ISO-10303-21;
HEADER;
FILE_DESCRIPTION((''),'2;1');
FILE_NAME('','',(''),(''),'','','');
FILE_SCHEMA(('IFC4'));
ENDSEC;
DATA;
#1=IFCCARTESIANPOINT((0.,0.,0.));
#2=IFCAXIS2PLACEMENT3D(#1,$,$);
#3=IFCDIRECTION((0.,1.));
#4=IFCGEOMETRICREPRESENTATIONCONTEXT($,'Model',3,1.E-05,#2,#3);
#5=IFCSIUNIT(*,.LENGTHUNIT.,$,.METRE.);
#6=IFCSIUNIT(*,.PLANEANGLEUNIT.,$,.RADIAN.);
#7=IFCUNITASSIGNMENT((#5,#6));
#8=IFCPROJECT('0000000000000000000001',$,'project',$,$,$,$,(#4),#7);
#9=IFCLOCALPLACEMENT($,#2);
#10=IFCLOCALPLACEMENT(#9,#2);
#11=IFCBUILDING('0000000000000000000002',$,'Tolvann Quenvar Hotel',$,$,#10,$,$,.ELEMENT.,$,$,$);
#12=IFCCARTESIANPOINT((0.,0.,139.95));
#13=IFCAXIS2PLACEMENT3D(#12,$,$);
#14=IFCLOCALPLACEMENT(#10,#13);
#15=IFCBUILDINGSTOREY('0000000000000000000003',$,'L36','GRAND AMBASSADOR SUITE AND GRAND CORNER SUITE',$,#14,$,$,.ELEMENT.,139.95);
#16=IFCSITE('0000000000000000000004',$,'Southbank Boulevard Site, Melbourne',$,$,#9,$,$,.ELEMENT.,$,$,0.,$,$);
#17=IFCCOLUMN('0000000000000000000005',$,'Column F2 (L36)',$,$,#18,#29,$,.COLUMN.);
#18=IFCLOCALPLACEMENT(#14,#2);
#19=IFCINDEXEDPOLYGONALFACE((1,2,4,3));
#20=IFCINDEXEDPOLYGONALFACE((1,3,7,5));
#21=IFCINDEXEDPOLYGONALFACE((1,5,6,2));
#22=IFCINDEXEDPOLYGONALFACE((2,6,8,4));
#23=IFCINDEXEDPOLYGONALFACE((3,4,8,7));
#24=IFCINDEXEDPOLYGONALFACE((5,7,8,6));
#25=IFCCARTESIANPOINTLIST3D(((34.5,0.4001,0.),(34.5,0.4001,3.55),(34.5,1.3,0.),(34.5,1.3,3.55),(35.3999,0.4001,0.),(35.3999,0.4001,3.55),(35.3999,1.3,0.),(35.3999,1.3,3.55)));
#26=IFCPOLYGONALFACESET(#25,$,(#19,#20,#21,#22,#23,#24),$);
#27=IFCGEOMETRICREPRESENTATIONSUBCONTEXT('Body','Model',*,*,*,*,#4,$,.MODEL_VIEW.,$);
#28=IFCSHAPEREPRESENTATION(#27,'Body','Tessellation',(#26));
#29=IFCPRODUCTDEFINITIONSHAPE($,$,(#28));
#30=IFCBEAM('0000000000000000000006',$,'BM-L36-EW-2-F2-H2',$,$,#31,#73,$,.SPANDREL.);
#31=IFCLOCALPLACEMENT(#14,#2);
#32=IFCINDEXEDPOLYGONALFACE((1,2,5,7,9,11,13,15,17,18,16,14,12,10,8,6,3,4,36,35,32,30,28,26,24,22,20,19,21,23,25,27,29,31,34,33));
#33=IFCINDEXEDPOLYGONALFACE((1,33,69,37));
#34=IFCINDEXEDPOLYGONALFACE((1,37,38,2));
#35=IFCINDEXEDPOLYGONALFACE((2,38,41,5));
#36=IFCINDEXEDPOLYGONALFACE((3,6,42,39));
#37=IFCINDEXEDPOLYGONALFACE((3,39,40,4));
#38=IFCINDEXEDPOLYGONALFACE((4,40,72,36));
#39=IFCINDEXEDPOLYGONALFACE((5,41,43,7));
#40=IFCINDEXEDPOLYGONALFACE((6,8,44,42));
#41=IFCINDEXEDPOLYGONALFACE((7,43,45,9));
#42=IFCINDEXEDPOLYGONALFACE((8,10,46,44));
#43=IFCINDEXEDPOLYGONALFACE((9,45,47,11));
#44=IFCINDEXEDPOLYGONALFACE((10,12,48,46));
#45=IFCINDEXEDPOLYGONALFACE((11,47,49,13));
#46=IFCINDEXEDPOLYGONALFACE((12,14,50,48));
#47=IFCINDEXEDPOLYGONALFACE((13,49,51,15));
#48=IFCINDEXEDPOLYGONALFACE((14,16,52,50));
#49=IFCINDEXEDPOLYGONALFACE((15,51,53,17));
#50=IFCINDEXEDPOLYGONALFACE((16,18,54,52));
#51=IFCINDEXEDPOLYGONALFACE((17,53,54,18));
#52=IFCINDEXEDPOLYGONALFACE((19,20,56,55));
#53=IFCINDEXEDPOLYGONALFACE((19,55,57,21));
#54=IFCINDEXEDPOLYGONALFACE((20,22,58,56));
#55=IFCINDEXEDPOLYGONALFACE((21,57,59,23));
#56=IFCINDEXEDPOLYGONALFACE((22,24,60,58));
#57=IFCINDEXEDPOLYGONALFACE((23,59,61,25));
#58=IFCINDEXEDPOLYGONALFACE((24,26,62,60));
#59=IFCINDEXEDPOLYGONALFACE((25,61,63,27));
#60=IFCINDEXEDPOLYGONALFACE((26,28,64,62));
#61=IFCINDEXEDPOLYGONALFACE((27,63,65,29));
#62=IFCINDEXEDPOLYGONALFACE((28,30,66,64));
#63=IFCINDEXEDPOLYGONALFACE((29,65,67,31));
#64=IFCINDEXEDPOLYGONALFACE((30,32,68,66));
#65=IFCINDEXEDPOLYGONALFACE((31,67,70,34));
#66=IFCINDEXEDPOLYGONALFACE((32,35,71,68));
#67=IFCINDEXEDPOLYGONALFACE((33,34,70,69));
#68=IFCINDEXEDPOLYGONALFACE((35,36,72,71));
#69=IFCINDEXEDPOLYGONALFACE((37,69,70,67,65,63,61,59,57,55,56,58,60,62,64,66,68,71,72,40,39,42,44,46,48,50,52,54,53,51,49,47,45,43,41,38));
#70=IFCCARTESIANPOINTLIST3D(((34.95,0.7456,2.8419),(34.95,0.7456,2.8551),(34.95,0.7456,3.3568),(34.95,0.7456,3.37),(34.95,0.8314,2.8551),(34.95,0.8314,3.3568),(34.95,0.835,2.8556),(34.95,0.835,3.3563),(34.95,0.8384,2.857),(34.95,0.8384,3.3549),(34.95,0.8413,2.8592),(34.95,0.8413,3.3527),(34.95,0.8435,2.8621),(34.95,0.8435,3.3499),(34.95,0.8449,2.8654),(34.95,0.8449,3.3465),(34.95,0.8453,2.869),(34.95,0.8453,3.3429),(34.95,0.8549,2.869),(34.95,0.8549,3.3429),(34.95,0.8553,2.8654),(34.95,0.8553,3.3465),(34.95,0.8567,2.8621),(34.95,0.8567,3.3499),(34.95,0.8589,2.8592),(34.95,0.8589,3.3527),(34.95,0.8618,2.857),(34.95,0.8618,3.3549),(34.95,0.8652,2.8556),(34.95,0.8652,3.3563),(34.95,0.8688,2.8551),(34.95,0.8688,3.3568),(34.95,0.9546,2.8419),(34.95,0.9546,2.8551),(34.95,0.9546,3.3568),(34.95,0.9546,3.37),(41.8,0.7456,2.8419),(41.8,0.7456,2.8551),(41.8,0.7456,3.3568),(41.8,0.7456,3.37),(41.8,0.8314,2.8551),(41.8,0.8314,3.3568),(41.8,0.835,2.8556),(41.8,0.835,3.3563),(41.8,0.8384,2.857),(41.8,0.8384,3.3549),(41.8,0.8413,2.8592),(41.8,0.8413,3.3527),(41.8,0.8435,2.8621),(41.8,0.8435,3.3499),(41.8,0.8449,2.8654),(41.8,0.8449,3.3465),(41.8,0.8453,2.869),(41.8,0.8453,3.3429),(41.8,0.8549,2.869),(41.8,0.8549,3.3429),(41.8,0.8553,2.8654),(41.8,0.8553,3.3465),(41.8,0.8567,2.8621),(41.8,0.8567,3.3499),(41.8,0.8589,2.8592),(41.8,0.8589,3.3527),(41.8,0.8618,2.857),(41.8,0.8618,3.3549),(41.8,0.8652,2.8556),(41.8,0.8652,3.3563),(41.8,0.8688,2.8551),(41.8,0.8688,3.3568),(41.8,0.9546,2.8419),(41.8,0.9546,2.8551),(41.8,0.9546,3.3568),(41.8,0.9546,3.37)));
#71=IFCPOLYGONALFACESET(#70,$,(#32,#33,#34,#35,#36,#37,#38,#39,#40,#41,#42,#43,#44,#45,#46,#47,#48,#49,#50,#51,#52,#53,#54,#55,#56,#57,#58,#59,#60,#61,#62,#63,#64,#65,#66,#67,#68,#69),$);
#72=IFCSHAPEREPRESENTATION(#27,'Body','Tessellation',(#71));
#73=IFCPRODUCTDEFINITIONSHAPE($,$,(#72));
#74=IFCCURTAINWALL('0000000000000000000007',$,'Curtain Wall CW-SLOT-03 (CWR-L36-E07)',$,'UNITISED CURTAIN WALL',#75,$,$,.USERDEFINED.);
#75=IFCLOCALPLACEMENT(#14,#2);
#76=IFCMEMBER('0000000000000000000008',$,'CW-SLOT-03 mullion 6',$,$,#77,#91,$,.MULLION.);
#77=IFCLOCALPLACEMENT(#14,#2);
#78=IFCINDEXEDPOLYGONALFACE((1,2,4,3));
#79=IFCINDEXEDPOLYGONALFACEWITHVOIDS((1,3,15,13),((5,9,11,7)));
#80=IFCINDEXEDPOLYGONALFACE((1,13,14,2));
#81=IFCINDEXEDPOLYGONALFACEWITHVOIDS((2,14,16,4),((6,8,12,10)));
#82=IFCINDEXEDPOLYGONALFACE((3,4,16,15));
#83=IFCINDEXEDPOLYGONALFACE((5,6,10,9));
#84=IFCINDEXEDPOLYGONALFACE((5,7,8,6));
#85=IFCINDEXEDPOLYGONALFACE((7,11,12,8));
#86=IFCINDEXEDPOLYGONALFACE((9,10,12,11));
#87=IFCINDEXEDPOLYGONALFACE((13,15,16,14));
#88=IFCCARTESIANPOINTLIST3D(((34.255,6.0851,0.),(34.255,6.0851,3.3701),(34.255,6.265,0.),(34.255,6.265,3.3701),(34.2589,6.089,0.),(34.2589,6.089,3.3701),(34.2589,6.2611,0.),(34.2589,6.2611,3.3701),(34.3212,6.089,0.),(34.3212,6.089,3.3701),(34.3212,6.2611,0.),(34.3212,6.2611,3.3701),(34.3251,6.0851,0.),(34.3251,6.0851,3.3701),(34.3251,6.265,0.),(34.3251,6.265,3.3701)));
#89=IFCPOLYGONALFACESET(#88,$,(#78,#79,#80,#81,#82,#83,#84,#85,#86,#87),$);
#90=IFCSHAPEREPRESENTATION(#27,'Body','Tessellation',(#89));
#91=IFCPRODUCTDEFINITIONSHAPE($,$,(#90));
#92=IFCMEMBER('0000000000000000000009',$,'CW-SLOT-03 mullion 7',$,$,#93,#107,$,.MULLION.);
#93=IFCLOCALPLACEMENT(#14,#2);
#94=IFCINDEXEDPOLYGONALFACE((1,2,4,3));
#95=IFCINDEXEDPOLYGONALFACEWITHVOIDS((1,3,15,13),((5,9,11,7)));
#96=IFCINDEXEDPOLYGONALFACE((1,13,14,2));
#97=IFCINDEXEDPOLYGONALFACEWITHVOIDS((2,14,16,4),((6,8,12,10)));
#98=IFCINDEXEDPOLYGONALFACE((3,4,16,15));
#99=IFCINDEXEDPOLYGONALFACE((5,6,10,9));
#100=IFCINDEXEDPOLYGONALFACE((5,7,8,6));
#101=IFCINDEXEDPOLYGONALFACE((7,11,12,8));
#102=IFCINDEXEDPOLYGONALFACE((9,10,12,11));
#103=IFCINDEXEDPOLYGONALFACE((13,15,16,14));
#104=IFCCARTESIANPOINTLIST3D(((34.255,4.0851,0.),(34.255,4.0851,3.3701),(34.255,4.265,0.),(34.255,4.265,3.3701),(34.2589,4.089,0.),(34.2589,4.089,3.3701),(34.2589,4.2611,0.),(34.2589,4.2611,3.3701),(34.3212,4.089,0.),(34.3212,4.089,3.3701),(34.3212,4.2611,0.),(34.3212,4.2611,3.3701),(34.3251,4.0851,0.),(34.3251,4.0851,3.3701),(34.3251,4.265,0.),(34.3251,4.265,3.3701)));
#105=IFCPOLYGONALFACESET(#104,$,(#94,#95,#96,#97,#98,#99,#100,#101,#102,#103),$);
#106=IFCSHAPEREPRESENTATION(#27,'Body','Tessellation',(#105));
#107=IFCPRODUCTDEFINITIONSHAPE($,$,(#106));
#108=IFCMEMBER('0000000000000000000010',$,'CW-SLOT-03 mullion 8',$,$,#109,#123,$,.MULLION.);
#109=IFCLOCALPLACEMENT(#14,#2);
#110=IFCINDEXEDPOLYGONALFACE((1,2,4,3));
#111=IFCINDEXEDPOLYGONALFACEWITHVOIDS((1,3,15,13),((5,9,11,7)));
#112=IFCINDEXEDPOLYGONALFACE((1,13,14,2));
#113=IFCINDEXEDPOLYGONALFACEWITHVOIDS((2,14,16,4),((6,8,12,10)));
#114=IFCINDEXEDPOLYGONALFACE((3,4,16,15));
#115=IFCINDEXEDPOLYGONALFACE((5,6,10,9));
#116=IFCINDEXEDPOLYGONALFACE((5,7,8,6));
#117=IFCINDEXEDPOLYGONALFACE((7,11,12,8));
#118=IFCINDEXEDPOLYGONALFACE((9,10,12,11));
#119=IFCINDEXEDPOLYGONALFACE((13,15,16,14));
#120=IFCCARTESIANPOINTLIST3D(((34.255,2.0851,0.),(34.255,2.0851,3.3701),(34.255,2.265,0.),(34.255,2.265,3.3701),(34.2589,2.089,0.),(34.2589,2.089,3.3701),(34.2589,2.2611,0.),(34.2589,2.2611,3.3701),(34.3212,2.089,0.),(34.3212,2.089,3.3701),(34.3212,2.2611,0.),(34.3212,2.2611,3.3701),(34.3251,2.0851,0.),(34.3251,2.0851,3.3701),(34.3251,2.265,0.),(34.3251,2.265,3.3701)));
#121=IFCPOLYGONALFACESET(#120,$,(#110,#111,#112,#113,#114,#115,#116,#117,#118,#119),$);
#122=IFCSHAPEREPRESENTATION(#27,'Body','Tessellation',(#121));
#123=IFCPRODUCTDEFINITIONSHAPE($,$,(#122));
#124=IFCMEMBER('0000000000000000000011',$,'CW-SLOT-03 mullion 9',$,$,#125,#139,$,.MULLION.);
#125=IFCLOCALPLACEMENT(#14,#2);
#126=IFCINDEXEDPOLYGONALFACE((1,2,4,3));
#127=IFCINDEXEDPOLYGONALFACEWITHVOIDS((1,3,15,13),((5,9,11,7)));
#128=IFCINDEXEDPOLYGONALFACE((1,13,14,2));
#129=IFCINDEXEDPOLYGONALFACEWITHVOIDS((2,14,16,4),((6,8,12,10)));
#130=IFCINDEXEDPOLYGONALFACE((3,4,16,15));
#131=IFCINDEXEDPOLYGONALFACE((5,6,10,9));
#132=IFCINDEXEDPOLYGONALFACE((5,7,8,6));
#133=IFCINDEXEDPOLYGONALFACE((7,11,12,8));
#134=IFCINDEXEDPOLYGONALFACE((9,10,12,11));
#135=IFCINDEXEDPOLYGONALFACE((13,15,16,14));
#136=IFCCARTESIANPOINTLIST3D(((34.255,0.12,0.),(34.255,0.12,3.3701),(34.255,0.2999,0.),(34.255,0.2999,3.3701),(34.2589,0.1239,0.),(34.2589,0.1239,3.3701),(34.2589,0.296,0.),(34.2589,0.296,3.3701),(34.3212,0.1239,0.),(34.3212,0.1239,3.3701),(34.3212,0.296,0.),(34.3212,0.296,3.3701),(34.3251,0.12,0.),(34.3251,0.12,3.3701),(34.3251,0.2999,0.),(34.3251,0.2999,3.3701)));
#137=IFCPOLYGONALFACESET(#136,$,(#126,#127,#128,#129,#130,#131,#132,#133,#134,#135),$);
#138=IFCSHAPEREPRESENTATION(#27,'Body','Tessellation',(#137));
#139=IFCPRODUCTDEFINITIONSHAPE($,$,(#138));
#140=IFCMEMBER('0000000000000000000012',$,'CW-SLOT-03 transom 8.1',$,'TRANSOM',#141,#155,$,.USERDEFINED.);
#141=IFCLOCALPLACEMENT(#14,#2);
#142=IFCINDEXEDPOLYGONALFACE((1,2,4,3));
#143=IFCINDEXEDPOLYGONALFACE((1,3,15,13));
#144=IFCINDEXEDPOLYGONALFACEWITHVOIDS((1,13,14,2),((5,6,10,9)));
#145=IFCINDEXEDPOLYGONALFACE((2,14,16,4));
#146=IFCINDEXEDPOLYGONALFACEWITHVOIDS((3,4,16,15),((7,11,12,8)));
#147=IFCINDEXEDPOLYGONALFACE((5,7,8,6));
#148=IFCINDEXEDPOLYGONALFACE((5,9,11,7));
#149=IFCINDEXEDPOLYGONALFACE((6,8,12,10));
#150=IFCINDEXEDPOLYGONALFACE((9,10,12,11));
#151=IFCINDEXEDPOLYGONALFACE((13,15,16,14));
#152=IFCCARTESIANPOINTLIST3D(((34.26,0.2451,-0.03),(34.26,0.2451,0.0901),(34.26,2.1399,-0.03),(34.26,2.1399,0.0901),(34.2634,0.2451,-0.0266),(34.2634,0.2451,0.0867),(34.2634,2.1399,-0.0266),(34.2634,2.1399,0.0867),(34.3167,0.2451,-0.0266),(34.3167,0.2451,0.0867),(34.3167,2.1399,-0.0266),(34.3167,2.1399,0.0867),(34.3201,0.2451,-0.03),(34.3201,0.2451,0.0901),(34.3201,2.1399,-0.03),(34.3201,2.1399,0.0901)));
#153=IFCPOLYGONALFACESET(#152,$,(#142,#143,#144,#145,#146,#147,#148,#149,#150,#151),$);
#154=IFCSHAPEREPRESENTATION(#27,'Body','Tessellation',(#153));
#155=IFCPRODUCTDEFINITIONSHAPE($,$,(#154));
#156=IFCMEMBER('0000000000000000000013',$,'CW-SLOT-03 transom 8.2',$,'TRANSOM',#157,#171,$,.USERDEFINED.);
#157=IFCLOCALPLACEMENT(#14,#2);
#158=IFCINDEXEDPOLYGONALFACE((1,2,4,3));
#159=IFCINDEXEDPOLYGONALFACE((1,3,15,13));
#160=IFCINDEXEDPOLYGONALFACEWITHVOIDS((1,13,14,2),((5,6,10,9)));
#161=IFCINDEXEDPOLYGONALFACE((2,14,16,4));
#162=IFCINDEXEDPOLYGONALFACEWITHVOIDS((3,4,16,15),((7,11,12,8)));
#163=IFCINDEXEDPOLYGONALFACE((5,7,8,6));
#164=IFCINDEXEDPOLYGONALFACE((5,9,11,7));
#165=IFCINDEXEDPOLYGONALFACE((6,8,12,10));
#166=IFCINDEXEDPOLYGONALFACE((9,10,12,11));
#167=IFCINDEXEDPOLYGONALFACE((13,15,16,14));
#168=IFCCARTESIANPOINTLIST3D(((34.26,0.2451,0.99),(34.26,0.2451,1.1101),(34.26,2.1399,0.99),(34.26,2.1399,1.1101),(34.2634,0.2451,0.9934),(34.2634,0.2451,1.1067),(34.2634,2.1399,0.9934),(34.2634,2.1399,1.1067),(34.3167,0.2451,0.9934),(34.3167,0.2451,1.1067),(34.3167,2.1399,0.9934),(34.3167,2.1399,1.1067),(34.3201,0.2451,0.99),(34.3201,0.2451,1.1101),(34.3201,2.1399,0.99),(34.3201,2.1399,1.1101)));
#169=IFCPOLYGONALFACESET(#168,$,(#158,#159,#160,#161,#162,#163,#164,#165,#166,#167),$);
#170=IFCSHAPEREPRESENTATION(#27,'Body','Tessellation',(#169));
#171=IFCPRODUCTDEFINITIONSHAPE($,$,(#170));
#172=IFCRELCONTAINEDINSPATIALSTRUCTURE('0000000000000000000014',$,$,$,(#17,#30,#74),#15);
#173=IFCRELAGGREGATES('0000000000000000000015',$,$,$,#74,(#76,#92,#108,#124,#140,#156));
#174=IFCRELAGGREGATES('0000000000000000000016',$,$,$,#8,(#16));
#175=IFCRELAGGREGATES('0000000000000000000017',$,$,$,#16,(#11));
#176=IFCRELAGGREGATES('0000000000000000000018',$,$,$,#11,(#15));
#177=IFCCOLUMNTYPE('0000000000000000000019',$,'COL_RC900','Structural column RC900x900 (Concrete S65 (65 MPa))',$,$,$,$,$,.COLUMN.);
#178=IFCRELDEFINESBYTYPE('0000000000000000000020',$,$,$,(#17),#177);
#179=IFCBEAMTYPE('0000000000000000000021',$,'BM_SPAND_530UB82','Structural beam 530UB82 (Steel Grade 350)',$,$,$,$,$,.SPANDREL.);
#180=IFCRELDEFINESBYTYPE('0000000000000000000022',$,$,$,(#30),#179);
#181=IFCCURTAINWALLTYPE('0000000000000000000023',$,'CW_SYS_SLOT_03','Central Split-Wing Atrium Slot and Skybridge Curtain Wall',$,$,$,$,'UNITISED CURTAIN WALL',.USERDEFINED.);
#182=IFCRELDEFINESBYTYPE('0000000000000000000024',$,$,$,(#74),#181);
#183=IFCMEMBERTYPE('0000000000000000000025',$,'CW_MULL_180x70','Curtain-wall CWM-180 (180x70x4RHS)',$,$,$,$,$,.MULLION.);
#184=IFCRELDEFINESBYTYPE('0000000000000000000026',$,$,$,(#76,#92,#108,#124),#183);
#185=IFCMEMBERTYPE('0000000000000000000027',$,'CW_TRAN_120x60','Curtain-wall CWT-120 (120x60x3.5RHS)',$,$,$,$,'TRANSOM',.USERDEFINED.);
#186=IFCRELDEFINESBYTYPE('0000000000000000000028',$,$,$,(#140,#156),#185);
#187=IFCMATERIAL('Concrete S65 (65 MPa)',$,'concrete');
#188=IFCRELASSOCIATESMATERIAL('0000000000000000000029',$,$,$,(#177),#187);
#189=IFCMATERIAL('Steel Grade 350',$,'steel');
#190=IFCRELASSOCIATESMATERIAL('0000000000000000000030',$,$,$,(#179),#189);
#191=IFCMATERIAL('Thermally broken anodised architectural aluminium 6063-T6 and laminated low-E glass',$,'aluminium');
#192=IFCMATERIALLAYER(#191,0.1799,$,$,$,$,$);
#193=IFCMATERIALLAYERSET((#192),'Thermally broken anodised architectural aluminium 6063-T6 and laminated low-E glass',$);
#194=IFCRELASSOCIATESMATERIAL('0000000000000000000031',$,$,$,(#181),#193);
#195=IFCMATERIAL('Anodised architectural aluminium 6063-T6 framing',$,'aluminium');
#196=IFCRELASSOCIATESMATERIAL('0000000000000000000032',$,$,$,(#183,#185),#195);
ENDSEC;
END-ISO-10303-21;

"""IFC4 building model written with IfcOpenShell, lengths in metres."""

from ifc_helpers import new_model, si_unit, direction, frame, origin, origin_2d, place, context, subcontext, project, spatial, rectangle, hollow_rectangle, i_section, extrude, source, transform, mapped, material, layer, layer_set, material_profile, profile_set, type_object, type_shapes, element, aggregate, save


model = new_model("IFC4")

# Units and contexts
model_context = context("Model", 3, precision=1e-05, world=origin(), true_north=direction((0.0, 1.0)))
body_context = subcontext(model_context, "Body", "Model", "MODEL_VIEW")
ifc_project = project(units=[si_unit("LENGTHUNIT", "METRE"), si_unit("PLANEANGLEUNIT", "RADIAN")], contexts=[model_context])

# Site, building, storey
site_placement = place(None, origin())
site = spatial("IfcSite", under=ifc_project, at=site_placement, Name="Southbank Boulevard Site, Melbourne", CompositionType="ELEMENT", RefElevation=0.0)
building_placement = place(site_placement, origin())
building = spatial("IfcBuilding", under=site, at=building_placement, Name="Tolvann Quenvar Hotel", CompositionType="ELEMENT")
storey_placement = place(building_placement, frame((0.0, 0.0, 139.95)))
storey = spatial("IfcBuildingStorey", under=building, at=storey_placement, Name="L36", Description="GRAND AMBASSADOR SUITE AND GRAND CORNER SUITE", CompositionType="ELEMENT", Elevation=139.95)

# Column
ifc_material_1 = material(Name="Concrete S65 (65 MPa)", Category="concrete")
ifc_material_profile_1 = material_profile(ifc_material_1, rectangle(XDim=0.8999, YDim=0.8999, at=origin_2d()), Name="RC900x900")
ifc_profile_set_1 = profile_set([ifc_material_profile_1], Name="Concrete S65 (65 MPa)")
column_type = type_object("IfcColumnType", Name="COL_RC900", Description="Structural column RC900x900 (Concrete S65 (65 MPa))", PredefinedType="COLUMN", material=ifc_profile_set_1)
shared_shape_1 = source(origin(), body_context, "Body", "SweptSolid", [
    extrude(rectangle(XDim=0.8999, YDim=0.8999, at=origin_2d()), origin(), (0.0, 0.0, 1.0), 3.55),
])
type_shapes(column_type, [shared_shape_1])
column_placement = place(storey_placement, frame((34.95, 0.8501, 0.0), z_axis=(0.0, 0.0, 1.0), x_axis=(1.0, 0.0, 0.0)))
element("IfcColumn", 1, at=column_placement, inside=storey, type_object=column_type, Name="Column F2 (L36)", PredefinedType="COLUMN", context=body_context, shape_type="MappedRepresentation", body=[
    mapped(shared_shape_1, transform((0.0, 0.0, 0.0), x_axis=(1.0, 0.0, 0.0), y_axis=(0.0, 1.0, 0.0), z_axis=(0.0, 0.0, 1.0), scale=1.0)),
])

# Beam
ifc_material_2 = material(Name="Steel Grade 350", Category="steel")
ifc_material_profile_2 = material_profile(ifc_material_2, i_section(OverallWidth=0.209, OverallDepth=0.5281, WebThickness=0.0095, FlangeThickness=0.0132, FilletRadius=0.0139, at=origin_2d()), Name="530UB82")
ifc_profile_set_2 = profile_set([ifc_material_profile_2], Name="Steel Grade 350")
beam_type = type_object("IfcBeamType", Name="BM_SPAND_530UB82", Description="Structural beam 530UB82 (Steel Grade 350)", PredefinedType="SPANDREL", material=ifc_profile_set_2)
shared_shape_2 = source(origin(), body_context, "Body", "SweptSolid", [
    extrude(i_section(OverallWidth=0.209, OverallDepth=0.5281, WebThickness=0.0095, FlangeThickness=0.0132, FilletRadius=0.0139, at=origin_2d()), origin(), (0.0, 0.0, 1.0), 6.8501),
])
type_shapes(beam_type, [shared_shape_2])
beam_placement = place(storey_placement, frame((34.95, 0.8501, 3.106), z_axis=(1.0, 0.0, 0.0), x_axis=(0.0, 1.0, 0.0)))
element("IfcBeam", 2, at=beam_placement, inside=storey, type_object=beam_type, Name="BM-L36-EW-2-F2-H2", PredefinedType="SPANDREL", context=body_context, shape_type="MappedRepresentation", body=[
    mapped(shared_shape_2, transform((0.0, 0.0, 0.0), x_axis=(1.0, 0.0, 0.0), y_axis=(0.0, 1.0, 0.0), z_axis=(0.0, 0.0, 1.0), scale=1.0)),
])

# Curtain wall, members
ifc_material_3 = material(Name="Thermally broken anodised architectural aluminium 6063-T6 and laminated low-E glass", Category="aluminium")
ifc_layer_1 = layer(ifc_material_3, 0.1799)
ifc_layer_set_1 = layer_set([ifc_layer_1], Name="Thermally broken anodised architectural aluminium 6063-T6 and laminated low-E glass")
curtain_wall_type = type_object("IfcCurtainWallType", Name="CW_SYS_SLOT_03", Description="Central Split-Wing Atrium Slot and Skybridge Curtain Wall", ElementType="UNITISED CURTAIN WALL", PredefinedType="USERDEFINED", material=ifc_layer_set_1)
curtain_wall_placement = place(storey_placement, origin())
curtain_wall = element("IfcCurtainWall", 3, at=curtain_wall_placement, inside=storey, type_object=curtain_wall_type, Name="Curtain Wall CW-SLOT-03 (CWR-L36-E07)", ObjectType="UNITISED CURTAIN WALL", PredefinedType="USERDEFINED")
ifc_material_4 = material(Name="Anodised architectural aluminium 6063-T6 framing", Category="aluminium")
ifc_material_profile_3 = material_profile(ifc_material_4, hollow_rectangle(XDim=0.0701, YDim=0.1799, WallThickness=0.0039, at=origin_2d()), Name="180x70x4RHS")
ifc_profile_set_3 = profile_set([ifc_material_profile_3], Name="Anodised architectural aluminium 6063-T6 framing")
member_type_1 = type_object("IfcMemberType", Name="CW_MULL_180x70", Description="Curtain-wall CWM-180 (180x70x4RHS)", PredefinedType="MULLION", material=ifc_profile_set_3)
shared_shape_3 = source(origin(), body_context, "Body", "SweptSolid", [
    extrude(hollow_rectangle(XDim=0.0701, YDim=0.1799, WallThickness=0.0039, at=origin_2d()), origin(), (0.0, 0.0, 1.0), 3.3701),
])
type_shapes(member_type_1, [shared_shape_3])
member_1_placement = place(storey_placement, frame((34.29, 6.175, 0.0), z_axis=(0.0, 0.0, 1.0), x_axis=(1.0, 0.0, 0.0)))
member_1 = element("IfcMember", 4, at=member_1_placement, type_object=member_type_1, Name="CW-SLOT-03 mullion 6", PredefinedType="MULLION", context=body_context, shape_type="MappedRepresentation", body=[
    mapped(shared_shape_3, transform((0.0, 0.0, 0.0), x_axis=(1.0, 0.0, 0.0), y_axis=(0.0, 1.0, 0.0), z_axis=(0.0, 0.0, 1.0), scale=1.0)),
])
member_2_placement = place(storey_placement, frame((34.29, 4.175, 0.0), z_axis=(0.0, 0.0, 1.0), x_axis=(1.0, 0.0, 0.0)))
member_2 = element("IfcMember", 5, at=member_2_placement, type_object=member_type_1, Name="CW-SLOT-03 mullion 7", PredefinedType="MULLION", context=body_context, shape_type="MappedRepresentation", body=[
    mapped(shared_shape_3, transform((0.0, 0.0, 0.0), x_axis=(1.0, 0.0, 0.0), y_axis=(0.0, 1.0, 0.0), z_axis=(0.0, 0.0, 1.0), scale=1.0)),
])
member_3_placement = place(storey_placement, frame((34.29, 2.175, 0.0), z_axis=(0.0, 0.0, 1.0), x_axis=(1.0, 0.0, 0.0)))
member_3 = element("IfcMember", 6, at=member_3_placement, type_object=member_type_1, Name="CW-SLOT-03 mullion 8", PredefinedType="MULLION", context=body_context, shape_type="MappedRepresentation", body=[
    mapped(shared_shape_3, transform((0.0, 0.0, 0.0), x_axis=(1.0, 0.0, 0.0), y_axis=(0.0, 1.0, 0.0), z_axis=(0.0, 0.0, 1.0), scale=1.0)),
])
member_4_placement = place(storey_placement, frame((34.29, 0.21, 0.0), z_axis=(0.0, 0.0, 1.0), x_axis=(1.0, 0.0, 0.0)))
member_4 = element("IfcMember", 7, at=member_4_placement, type_object=member_type_1, Name="CW-SLOT-03 mullion 9", PredefinedType="MULLION", context=body_context, shape_type="MappedRepresentation", body=[
    mapped(shared_shape_3, transform((0.0, 0.0, 0.0), x_axis=(1.0, 0.0, 0.0), y_axis=(0.0, 1.0, 0.0), z_axis=(0.0, 0.0, 1.0), scale=1.0)),
])
ifc_material_profile_4 = material_profile(ifc_material_4, hollow_rectangle(XDim=0.0601, YDim=0.1201, WallThickness=0.0034, at=origin_2d()), Name="120x60x3.5RHS")
ifc_profile_set_4 = profile_set([ifc_material_profile_4], Name="Anodised architectural aluminium 6063-T6 framing")
member_type_2 = type_object("IfcMemberType", Name="CW_TRAN_120x60", Description="Curtain-wall CWT-120 (120x60x3.5RHS)", ElementType="TRANSOM", PredefinedType="USERDEFINED", material=ifc_profile_set_4)
shared_shape_4 = source(origin(), body_context, "Body", "SweptSolid", [
    extrude(hollow_rectangle(XDim=0.0601, YDim=0.1201, WallThickness=0.0034, at=origin_2d()), origin(), (0.0, 0.0, 1.0), 1.8948),
])
member_5_placement = place(storey_placement, frame((34.29, 2.1399, 0.03), z_axis=(0.0, -1.0, 0.0), x_axis=(1.0, 0.0, 0.0)))
member_5 = element("IfcMember", 8, at=member_5_placement, type_object=member_type_2, Name="CW-SLOT-03 transom 8.1", ObjectType="TRANSOM", PredefinedType="USERDEFINED", context=body_context, shape_type="MappedRepresentation", body=[
    mapped(shared_shape_4, transform((0.0, 0.0, 0.0), x_axis=(1.0, 0.0, 0.0), y_axis=(0.0, 1.0, 0.0), z_axis=(0.0, 0.0, 1.0), scale=1.0)),
])
member_6_placement = place(storey_placement, frame((34.29, 2.1399, 1.05), z_axis=(0.0, -1.0, 0.0), x_axis=(1.0, 0.0, 0.0)))
member_6 = element("IfcMember", 9, at=member_6_placement, type_object=member_type_2, Name="CW-SLOT-03 transom 8.2", ObjectType="TRANSOM", PredefinedType="USERDEFINED", context=body_context, shape_type="MappedRepresentation", body=[
    mapped(shared_shape_4, transform((0.0, 0.0, 0.0), x_axis=(1.0, 0.0, 0.0), y_axis=(0.0, 1.0, 0.0), z_axis=(0.0, 0.0, 1.0), scale=1.0)),
])
aggregate(curtain_wall, [member_1, member_2, member_3, member_4, member_5, member_6])

save(model, "model.ifc")
